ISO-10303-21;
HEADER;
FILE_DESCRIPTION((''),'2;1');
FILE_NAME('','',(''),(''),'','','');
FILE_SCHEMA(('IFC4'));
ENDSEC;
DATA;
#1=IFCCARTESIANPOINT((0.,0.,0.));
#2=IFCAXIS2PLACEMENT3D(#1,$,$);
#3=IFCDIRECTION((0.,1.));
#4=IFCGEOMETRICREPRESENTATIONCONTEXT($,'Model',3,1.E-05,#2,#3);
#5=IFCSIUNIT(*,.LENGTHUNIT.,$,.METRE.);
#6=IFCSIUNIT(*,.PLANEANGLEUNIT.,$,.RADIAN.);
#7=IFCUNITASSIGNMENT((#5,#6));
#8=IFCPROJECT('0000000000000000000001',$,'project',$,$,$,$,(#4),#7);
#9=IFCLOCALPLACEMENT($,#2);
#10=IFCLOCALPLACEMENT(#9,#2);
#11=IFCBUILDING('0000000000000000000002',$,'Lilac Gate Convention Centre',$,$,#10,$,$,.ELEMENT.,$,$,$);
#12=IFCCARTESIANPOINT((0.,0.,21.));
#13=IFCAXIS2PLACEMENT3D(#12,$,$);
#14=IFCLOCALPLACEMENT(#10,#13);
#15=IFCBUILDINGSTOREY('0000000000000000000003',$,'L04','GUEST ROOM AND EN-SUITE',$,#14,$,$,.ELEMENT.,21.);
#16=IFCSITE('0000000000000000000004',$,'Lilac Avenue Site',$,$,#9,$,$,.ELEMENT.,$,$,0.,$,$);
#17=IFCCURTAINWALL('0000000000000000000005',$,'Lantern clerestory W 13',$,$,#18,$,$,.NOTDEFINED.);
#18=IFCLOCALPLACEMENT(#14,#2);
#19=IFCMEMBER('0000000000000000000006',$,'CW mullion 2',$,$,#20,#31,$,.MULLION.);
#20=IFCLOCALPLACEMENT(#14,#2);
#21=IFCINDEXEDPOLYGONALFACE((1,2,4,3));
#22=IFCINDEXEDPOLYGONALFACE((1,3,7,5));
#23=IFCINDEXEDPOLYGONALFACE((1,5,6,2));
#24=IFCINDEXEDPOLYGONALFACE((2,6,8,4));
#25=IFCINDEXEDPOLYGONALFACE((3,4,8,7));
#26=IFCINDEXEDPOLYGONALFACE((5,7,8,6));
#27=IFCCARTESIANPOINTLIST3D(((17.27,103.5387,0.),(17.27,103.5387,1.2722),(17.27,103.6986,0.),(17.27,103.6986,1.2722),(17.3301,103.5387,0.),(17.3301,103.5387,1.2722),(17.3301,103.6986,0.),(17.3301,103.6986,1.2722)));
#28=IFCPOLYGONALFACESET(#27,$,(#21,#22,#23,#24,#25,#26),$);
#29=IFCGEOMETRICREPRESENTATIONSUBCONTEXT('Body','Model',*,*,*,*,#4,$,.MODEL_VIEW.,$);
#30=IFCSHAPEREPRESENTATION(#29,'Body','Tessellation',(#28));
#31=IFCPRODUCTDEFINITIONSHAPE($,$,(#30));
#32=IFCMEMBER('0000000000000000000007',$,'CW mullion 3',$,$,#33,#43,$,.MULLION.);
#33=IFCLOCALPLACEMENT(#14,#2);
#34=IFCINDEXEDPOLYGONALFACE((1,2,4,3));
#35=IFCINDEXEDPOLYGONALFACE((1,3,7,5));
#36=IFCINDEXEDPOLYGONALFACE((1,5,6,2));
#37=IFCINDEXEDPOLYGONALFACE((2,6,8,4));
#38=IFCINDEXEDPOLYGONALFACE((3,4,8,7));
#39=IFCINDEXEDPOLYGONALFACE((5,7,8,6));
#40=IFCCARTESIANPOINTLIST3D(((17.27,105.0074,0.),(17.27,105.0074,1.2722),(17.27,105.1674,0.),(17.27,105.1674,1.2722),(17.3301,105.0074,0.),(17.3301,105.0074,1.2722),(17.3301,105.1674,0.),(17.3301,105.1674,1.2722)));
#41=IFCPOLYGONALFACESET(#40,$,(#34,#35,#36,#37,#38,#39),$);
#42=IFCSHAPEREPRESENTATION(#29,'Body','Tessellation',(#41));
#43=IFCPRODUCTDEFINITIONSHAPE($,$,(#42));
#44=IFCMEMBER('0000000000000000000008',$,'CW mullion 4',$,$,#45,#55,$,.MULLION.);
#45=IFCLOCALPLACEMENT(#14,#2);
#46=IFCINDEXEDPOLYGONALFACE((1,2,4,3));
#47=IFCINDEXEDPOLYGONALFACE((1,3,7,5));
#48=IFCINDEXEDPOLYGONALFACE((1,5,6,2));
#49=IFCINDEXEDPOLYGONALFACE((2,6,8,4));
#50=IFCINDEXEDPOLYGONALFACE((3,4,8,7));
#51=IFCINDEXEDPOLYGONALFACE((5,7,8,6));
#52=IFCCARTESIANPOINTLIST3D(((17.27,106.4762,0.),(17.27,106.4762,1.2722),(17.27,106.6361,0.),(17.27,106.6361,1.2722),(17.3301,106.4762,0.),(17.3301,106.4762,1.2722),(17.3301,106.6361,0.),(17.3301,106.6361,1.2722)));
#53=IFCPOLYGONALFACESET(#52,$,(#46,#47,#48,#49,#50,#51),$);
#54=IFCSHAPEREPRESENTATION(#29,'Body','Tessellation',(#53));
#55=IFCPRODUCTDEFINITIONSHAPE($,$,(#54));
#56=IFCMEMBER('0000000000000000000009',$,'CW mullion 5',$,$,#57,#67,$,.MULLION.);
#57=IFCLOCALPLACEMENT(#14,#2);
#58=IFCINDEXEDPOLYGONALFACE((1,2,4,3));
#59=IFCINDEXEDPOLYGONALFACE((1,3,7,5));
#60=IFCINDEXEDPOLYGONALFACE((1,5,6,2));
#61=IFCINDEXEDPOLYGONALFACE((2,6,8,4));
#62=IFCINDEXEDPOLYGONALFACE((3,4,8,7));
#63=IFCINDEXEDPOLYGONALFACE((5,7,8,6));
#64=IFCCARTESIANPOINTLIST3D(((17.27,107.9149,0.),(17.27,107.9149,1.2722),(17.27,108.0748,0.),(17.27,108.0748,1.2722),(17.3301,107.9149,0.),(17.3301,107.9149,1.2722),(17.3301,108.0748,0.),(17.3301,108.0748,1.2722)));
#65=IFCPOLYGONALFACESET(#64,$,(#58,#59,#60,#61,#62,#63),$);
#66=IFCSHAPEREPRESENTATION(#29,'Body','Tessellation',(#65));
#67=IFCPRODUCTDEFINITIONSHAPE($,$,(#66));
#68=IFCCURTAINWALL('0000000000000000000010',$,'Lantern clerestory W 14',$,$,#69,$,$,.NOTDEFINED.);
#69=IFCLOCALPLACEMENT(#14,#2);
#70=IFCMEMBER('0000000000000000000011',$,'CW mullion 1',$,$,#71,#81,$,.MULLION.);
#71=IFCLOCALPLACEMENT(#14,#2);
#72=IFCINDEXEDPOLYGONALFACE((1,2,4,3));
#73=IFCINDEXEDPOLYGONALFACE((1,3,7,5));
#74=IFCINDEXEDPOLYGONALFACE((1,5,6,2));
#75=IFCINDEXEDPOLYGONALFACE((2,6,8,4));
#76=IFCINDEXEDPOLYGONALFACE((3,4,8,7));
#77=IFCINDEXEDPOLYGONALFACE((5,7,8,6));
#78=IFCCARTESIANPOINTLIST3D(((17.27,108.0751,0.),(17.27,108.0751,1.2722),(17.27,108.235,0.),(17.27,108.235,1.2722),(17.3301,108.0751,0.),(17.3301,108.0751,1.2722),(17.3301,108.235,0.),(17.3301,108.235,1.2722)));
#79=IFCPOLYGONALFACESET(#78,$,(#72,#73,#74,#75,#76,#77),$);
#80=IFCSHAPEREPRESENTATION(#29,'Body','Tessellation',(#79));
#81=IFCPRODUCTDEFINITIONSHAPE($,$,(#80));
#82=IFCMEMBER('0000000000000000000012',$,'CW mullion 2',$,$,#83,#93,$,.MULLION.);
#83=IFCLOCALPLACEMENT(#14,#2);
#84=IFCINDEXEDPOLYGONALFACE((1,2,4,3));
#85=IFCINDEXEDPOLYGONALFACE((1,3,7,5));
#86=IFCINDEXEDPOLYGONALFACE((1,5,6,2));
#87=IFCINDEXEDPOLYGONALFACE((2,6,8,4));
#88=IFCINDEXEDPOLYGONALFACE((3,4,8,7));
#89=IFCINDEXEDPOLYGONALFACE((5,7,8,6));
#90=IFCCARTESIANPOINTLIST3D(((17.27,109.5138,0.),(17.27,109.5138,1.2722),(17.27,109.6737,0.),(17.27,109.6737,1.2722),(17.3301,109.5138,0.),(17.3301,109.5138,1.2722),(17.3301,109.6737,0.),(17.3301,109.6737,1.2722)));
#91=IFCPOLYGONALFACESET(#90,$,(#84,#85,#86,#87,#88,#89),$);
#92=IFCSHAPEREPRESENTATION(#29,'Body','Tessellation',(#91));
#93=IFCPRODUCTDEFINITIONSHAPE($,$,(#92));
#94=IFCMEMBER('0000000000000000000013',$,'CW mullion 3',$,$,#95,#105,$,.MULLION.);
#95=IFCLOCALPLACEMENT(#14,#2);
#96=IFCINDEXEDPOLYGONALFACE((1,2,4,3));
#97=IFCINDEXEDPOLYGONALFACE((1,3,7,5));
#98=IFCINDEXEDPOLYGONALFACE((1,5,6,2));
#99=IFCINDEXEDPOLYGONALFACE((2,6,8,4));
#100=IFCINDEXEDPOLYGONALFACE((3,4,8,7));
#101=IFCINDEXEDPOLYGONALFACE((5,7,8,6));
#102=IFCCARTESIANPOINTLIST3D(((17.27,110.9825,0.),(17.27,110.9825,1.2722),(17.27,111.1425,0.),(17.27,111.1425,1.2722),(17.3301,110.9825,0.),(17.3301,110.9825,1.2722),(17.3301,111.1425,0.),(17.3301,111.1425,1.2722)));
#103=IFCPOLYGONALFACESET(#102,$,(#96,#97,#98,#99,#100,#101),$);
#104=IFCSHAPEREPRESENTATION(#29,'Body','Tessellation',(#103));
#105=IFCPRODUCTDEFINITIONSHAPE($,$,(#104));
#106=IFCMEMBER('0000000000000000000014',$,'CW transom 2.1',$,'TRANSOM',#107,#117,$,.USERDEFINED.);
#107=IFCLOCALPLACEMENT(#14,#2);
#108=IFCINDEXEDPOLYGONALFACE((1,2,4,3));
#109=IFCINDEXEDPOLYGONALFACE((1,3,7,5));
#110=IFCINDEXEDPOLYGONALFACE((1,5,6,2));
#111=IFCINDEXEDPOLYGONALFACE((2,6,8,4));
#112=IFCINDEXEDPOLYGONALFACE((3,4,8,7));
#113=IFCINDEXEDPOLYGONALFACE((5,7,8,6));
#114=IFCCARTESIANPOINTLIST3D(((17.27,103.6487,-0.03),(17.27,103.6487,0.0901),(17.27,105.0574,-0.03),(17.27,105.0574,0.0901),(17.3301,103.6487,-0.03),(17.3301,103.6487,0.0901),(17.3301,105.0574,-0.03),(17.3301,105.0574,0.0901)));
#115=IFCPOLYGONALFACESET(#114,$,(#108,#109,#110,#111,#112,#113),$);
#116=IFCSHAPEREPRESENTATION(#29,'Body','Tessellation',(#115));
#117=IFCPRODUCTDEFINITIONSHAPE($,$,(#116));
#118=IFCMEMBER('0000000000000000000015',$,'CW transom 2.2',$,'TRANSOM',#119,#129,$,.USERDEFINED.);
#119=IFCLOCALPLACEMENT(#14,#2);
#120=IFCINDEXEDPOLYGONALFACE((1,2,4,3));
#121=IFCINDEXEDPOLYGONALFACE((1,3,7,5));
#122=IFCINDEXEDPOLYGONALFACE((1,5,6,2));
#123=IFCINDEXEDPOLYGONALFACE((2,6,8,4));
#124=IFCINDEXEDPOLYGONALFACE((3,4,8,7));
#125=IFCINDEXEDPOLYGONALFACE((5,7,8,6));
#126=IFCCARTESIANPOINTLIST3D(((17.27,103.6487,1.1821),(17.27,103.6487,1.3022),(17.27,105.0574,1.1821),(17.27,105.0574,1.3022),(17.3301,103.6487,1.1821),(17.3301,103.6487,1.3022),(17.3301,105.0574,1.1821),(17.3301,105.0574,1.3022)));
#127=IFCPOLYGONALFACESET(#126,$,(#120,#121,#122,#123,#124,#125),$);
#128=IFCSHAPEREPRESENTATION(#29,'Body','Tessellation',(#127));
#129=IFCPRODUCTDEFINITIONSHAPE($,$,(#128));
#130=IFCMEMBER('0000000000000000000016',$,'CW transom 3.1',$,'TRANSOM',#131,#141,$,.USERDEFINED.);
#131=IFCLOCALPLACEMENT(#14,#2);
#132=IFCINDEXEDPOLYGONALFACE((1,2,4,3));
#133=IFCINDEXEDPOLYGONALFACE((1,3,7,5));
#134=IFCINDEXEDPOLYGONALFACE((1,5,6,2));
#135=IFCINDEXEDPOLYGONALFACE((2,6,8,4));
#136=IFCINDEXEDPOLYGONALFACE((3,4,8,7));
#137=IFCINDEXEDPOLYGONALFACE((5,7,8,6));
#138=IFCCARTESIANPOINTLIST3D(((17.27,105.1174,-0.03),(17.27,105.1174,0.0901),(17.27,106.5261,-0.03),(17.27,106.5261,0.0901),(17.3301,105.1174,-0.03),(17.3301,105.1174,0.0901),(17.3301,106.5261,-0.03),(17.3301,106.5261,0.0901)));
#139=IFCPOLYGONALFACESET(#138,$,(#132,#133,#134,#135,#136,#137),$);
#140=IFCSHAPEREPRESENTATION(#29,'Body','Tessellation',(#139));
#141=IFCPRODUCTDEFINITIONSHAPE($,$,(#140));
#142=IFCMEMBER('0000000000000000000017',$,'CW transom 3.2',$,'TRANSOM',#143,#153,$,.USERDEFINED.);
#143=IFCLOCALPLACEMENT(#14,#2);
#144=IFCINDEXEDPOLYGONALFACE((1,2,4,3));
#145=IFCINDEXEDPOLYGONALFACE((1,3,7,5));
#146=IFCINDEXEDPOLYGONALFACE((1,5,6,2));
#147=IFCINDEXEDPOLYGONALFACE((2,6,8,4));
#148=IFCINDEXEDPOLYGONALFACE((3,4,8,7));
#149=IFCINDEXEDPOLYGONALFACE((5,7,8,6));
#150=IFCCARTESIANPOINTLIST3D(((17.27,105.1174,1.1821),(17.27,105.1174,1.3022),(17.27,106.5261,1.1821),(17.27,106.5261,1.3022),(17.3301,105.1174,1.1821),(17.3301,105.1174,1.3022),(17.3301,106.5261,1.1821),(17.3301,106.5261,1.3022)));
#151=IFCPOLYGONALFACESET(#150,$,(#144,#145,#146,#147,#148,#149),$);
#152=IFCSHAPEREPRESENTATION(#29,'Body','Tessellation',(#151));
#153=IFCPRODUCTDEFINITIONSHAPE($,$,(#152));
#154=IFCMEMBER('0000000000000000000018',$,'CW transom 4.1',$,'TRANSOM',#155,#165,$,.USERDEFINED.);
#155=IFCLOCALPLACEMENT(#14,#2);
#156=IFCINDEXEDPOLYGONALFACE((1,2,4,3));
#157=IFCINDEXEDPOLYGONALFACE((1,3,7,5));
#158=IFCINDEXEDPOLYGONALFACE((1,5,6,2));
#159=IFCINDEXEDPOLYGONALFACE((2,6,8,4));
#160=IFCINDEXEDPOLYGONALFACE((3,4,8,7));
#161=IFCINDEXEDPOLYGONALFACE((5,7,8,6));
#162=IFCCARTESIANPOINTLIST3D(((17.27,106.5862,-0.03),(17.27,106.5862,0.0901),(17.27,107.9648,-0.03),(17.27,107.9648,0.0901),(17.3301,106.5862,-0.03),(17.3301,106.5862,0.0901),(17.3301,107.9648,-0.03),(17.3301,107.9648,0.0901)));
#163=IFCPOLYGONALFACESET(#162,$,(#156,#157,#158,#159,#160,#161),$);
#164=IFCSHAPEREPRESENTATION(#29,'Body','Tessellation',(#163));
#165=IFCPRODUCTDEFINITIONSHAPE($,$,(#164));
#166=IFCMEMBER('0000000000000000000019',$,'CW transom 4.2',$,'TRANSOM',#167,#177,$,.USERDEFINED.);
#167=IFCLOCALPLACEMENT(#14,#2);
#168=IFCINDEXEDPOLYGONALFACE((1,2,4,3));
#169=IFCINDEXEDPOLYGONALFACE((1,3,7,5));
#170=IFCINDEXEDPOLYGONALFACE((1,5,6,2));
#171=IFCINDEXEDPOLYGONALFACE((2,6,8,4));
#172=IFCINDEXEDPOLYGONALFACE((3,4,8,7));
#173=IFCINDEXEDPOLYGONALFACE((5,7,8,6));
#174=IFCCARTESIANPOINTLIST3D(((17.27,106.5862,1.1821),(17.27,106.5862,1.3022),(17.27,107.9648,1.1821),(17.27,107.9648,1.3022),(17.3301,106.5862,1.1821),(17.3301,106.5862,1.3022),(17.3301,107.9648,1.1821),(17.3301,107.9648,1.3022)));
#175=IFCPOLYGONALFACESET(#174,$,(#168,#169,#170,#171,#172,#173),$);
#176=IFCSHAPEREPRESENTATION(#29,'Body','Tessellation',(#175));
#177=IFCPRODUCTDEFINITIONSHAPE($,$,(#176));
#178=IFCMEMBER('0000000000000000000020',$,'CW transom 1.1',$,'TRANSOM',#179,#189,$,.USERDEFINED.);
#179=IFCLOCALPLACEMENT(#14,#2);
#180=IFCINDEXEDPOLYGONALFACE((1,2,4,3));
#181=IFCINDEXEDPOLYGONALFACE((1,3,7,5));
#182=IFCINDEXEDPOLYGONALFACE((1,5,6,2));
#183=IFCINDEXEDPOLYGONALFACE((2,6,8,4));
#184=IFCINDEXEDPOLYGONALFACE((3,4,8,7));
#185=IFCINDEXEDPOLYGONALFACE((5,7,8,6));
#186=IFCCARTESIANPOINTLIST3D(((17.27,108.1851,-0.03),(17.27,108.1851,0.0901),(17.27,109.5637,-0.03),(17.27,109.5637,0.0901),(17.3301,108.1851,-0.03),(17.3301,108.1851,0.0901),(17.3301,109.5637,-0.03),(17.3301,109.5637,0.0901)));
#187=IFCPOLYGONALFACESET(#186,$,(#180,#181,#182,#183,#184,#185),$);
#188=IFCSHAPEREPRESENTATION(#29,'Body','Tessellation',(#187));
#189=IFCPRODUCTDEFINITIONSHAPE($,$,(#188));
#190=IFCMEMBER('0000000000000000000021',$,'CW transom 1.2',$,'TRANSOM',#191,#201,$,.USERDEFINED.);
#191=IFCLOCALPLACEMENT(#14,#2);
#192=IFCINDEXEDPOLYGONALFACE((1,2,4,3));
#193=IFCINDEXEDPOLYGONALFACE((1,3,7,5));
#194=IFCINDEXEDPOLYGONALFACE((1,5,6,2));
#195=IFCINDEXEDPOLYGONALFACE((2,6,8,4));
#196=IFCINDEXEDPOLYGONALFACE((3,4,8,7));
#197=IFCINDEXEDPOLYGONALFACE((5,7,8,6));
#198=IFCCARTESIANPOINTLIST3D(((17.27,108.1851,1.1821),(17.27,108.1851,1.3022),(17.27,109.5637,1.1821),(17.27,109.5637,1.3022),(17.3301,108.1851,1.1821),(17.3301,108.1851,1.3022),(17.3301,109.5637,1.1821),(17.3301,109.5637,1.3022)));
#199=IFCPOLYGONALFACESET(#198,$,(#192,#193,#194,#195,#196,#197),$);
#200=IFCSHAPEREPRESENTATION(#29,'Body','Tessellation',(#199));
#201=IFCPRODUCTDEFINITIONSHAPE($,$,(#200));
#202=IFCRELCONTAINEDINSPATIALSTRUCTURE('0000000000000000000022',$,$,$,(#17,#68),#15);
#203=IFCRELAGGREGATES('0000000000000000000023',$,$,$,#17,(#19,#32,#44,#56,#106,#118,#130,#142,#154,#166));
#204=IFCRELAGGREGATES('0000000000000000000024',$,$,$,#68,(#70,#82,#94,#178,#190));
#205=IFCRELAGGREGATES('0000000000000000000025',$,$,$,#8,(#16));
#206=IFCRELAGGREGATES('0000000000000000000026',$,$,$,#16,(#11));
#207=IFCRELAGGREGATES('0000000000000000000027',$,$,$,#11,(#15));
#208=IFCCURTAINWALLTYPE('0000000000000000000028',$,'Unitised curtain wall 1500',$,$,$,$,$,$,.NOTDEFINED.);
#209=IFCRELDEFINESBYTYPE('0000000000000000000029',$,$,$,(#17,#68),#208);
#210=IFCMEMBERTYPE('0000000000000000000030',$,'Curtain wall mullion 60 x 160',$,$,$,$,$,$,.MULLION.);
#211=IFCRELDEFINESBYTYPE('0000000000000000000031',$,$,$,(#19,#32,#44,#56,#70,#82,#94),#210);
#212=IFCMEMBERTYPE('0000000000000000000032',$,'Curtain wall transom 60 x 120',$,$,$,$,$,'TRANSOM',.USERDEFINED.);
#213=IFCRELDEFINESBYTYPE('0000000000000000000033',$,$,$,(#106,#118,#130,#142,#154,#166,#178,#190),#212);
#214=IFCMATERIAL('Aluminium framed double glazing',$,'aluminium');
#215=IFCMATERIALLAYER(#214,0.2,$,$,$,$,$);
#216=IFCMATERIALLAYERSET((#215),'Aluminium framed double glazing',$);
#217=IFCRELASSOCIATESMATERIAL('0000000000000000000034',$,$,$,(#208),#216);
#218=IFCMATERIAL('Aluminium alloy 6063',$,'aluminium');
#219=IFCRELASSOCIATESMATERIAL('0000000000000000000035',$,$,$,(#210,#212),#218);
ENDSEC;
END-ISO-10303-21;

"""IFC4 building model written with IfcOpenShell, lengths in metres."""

from ifc_helpers import new_model, si_unit, direction, frame, origin, origin_2d, place, context, subcontext, project, spatial, rectangle, extrude, material, layer, layer_set, material_profile, profile_set, type_object, element, aggregate, save


model = new_model("IFC4")

# Units and contexts
model_context = context("Model", 3, precision=1e-05, world=origin(), true_north=direction((0.0, 1.0)))
body_context = subcontext(model_context, "Body", "Model", "MODEL_VIEW")
ifc_project = project(units=[si_unit("LENGTHUNIT", "METRE"), si_unit("PLANEANGLEUNIT", "RADIAN")], contexts=[model_context])

# Site, building, storey
site_placement = place(None, origin())
site = spatial("IfcSite", under=ifc_project, at=site_placement, Name="Lilac Avenue Site", CompositionType="ELEMENT", RefElevation=0.0)
building_placement = place(site_placement, origin())
building = spatial("IfcBuilding", under=site, at=building_placement, Name="Lilac Gate Convention Centre", CompositionType="ELEMENT")
storey_placement = place(building_placement, frame((0.0, 0.0, 21.0)))
storey = spatial("IfcBuildingStorey", under=building, at=storey_placement, Name="L04", Description="GUEST ROOM AND EN-SUITE", CompositionType="ELEMENT", Elevation=21.0)

# Curtain walls, members
ifc_material_1 = material(Name="Aluminium framed double glazing", Category="aluminium")
ifc_layer_1 = layer(ifc_material_1, 0.2)
ifc_layer_set_1 = layer_set([ifc_layer_1], Name="Aluminium framed double glazing")
curtain_wall_type = type_object("IfcCurtainWallType", Name="Unitised curtain wall 1500", PredefinedType="NOTDEFINED", material=ifc_layer_set_1)
curtain_wall_1_placement = place(storey_placement, origin())
curtain_wall_1 = element("IfcCurtainWall", 1, at=curtain_wall_1_placement, inside=storey, type_object=curtain_wall_type, Name="Lantern clerestory W 13", PredefinedType="NOTDEFINED")
ifc_material_2 = material(Name="Aluminium alloy 6063", Category="aluminium")
ifc_material_profile_1 = material_profile(ifc_material_2, rectangle(XDim=0.0601, YDim=0.1599, at=origin_2d()), Name="Curtain wall mullion 60 x 160")
ifc_profile_set_1 = profile_set([ifc_material_profile_1], Name="Aluminium alloy 6063")
member_type_1 = type_object("IfcMemberType", Name="Curtain wall mullion 60 x 160", PredefinedType="MULLION", material=ifc_profile_set_1)
member_1_placement = place(storey_placement, frame((17.3, 103.6187, 0.0), z_axis=(0.0, 0.0, 1.0), x_axis=(-1.0, 0.0, 0.0)))
member_1 = element("IfcMember", 2, at=member_1_placement, type_object=member_type_1, Name="CW mullion 2", PredefinedType="MULLION", context=body_context, shape_type="SweptSolid", body=[
    extrude(rectangle(XDim=0.0601, YDim=0.1599, at=origin_2d()), origin(), (0.0, 0.0, 1.0), 1.2722),
])
member_2_placement = place(storey_placement, frame((17.3, 105.0874, 0.0), z_axis=(0.0, 0.0, 1.0), x_axis=(-1.0, 0.0, 0.0)))
member_2 = element("IfcMember", 3, at=member_2_placement, type_object=member_type_1, Name="CW mullion 3", PredefinedType="MULLION", context=body_context, shape_type="SweptSolid", body=[
    extrude(rectangle(XDim=0.0601, YDim=0.1599, at=origin_2d()), origin(), (0.0, 0.0, 1.0), 1.2722),
])
member_3_placement = place(storey_placement, frame((17.3, 106.5562, 0.0), z_axis=(0.0, 0.0, 1.0), x_axis=(-1.0, 0.0, 0.0)))
member_3 = element("IfcMember", 4, at=member_3_placement, type_object=member_type_1, Name="CW mullion 4", PredefinedType="MULLION", context=body_context, shape_type="SweptSolid", body=[
    extrude(rectangle(XDim=0.0601, YDim=0.1599, at=origin_2d()), origin(), (0.0, 0.0, 1.0), 1.2722),
])
member_4_placement = place(storey_placement, frame((17.3, 107.9949, 0.0), z_axis=(0.0, 0.0, 1.0), x_axis=(-1.0, 0.0, 0.0)))
member_4 = element("IfcMember", 5, at=member_4_placement, type_object=member_type_1, Name="CW mullion 5", PredefinedType="MULLION", context=body_context, shape_type="SweptSolid", body=[
    extrude(rectangle(XDim=0.0601, YDim=0.1599, at=origin_2d()), origin(), (0.0, 0.0, 1.0), 1.2722),
])
curtain_wall_2_placement = place(storey_placement, origin())
curtain_wall_2 = element("IfcCurtainWall", 6, at=curtain_wall_2_placement, inside=storey, type_object=curtain_wall_type, Name="Lantern clerestory W 14", PredefinedType="NOTDEFINED")
member_5_placement = place(storey_placement, frame((17.3, 108.155, 0.0), z_axis=(0.0, 0.0, 1.0), x_axis=(-1.0, 0.0, 0.0)))
member_5 = element("IfcMember", 7, at=member_5_placement, type_object=member_type_1, Name="CW mullion 1", PredefinedType="MULLION", context=body_context, shape_type="SweptSolid", body=[
    extrude(rectangle(XDim=0.0601, YDim=0.1599, at=origin_2d()), origin(), (0.0, 0.0, 1.0), 1.2722),
])
member_6_placement = place(storey_placement, frame((17.3, 109.5938, 0.0), z_axis=(0.0, 0.0, 1.0), x_axis=(-1.0, 0.0, 0.0)))
member_6 = element("IfcMember", 8, at=member_6_placement, type_object=member_type_1, Name="CW mullion 2", PredefinedType="MULLION", context=body_context, shape_type="SweptSolid", body=[
    extrude(rectangle(XDim=0.0601, YDim=0.1599, at=origin_2d()), origin(), (0.0, 0.0, 1.0), 1.2722),
])
member_7_placement = place(storey_placement, frame((17.3, 111.0625, 0.0), z_axis=(0.0, 0.0, 1.0), x_axis=(-1.0, 0.0, 0.0)))
member_7 = element("IfcMember", 9, at=member_7_placement, type_object=member_type_1, Name="CW mullion 3", PredefinedType="MULLION", context=body_context, shape_type="SweptSolid", body=[
    extrude(rectangle(XDim=0.0601, YDim=0.1599, at=origin_2d()), origin(), (0.0, 0.0, 1.0), 1.2722),
])

# Members
ifc_material_profile_2 = material_profile(ifc_material_2, rectangle(XDim=0.0601, YDim=0.1201, at=origin_2d()), Name="Curtain wall transom 60 x 120")
ifc_profile_set_2 = profile_set([ifc_material_profile_2], Name="Aluminium alloy 6063")
member_type_2 = type_object("IfcMemberType", Name="Curtain wall transom 60 x 120", ElementType="TRANSOM", PredefinedType="USERDEFINED", material=ifc_profile_set_2)
member_8_placement = place(storey_placement, frame((17.3, 103.6487, 0.03), z_axis=(0.0, 1.0, 0.0), x_axis=(-1.0, 0.0, 0.0)))
member_8 = element("IfcMember", 10, at=member_8_placement, type_object=member_type_2, Name="CW transom 2.1", ObjectType="TRANSOM", PredefinedType="USERDEFINED", context=body_context, shape_type="SweptSolid", body=[
    extrude(rectangle(XDim=0.0601, YDim=0.1201, at=origin_2d()), origin(), (0.0, 0.0, 1.0), 1.4087),
])
member_9_placement = place(storey_placement, frame((17.3, 103.6487, 1.2422), z_axis=(0.0, 1.0, 0.0), x_axis=(-1.0, 0.0, 0.0)))
member_9 = element("IfcMember", 11, at=member_9_placement, type_object=member_type_2, Name="CW transom 2.2", ObjectType="TRANSOM", PredefinedType="USERDEFINED", context=body_context, shape_type="SweptSolid", body=[
    extrude(rectangle(XDim=0.0601, YDim=0.1201, at=origin_2d()), origin(), (0.0, 0.0, 1.0), 1.4087),
])
member_10_placement = place(storey_placement, frame((17.3, 105.1174, 0.03), z_axis=(0.0, 1.0, 0.0), x_axis=(-1.0, 0.0, 0.0)))
member_10 = element("IfcMember", 12, at=member_10_placement, type_object=member_type_2, Name="CW transom 3.1", ObjectType="TRANSOM", PredefinedType="USERDEFINED", context=body_context, shape_type="SweptSolid", body=[
    extrude(rectangle(XDim=0.0601, YDim=0.1201, at=origin_2d()), origin(), (0.0, 0.0, 1.0), 1.4087),
])
member_11_placement = place(storey_placement, frame((17.3, 105.1174, 1.2422), z_axis=(0.0, 1.0, 0.0), x_axis=(-1.0, 0.0, 0.0)))
member_11 = element("IfcMember", 13, at=member_11_placement, type_object=member_type_2, Name="CW transom 3.2", ObjectType="TRANSOM", PredefinedType="USERDEFINED", context=body_context, shape_type="SweptSolid", body=[
    extrude(rectangle(XDim=0.0601, YDim=0.1201, at=origin_2d()), origin(), (0.0, 0.0, 1.0), 1.4087),
])
member_12_placement = place(storey_placement, frame((17.3, 106.5862, 0.03), z_axis=(0.0, 1.0, 0.0), x_axis=(-1.0, 0.0, 0.0)))
member_12 = element("IfcMember", 14, at=member_12_placement, type_object=member_type_2, Name="CW transom 4.1", ObjectType="TRANSOM", PredefinedType="USERDEFINED", context=body_context, shape_type="SweptSolid", body=[
    extrude(rectangle(XDim=0.0601, YDim=0.1201, at=origin_2d()), origin(), (0.0, 0.0, 1.0), 1.3787),
])
member_13_placement = place(storey_placement, frame((17.3, 106.5862, 1.2422), z_axis=(0.0, 1.0, 0.0), x_axis=(-1.0, 0.0, 0.0)))
member_13 = element("IfcMember", 15, at=member_13_placement, type_object=member_type_2, Name="CW transom 4.2", ObjectType="TRANSOM", PredefinedType="USERDEFINED", context=body_context, shape_type="SweptSolid", body=[
    extrude(rectangle(XDim=0.0601, YDim=0.1201, at=origin_2d()), origin(), (0.0, 0.0, 1.0), 1.3787),
])
member_14_placement = place(storey_placement, frame((17.3, 108.1851, 0.03), z_axis=(0.0, 1.0, 0.0), x_axis=(-1.0, 0.0, 0.0)))
member_14 = element("IfcMember", 16, at=member_14_placement, type_object=member_type_2, Name="CW transom 1.1", ObjectType="TRANSOM", PredefinedType="USERDEFINED", context=body_context, shape_type="SweptSolid", body=[
    extrude(rectangle(XDim=0.0601, YDim=0.1201, at=origin_2d()), origin(), (0.0, 0.0, 1.0), 1.3787),
])
member_15_placement = place(storey_placement, frame((17.3, 108.1851, 1.2422), z_axis=(0.0, 1.0, 0.0), x_axis=(-1.0, 0.0, 0.0)))
member_15 = element("IfcMember", 17, at=member_15_placement, type_object=member_type_2, Name="CW transom 1.2", ObjectType="TRANSOM", PredefinedType="USERDEFINED", context=body_context, shape_type="SweptSolid", body=[
    extrude(rectangle(XDim=0.0601, YDim=0.1201, at=origin_2d()), origin(), (0.0, 0.0, 1.0), 1.3787),
])

aggregate(curtain_wall_1, [member_1, member_2, member_3, member_4, member_8, member_9, member_10, member_11, member_12, member_13])
aggregate(curtain_wall_2, [member_5, member_6, member_7, member_14, member_15])

save(model, "model.ifc")
